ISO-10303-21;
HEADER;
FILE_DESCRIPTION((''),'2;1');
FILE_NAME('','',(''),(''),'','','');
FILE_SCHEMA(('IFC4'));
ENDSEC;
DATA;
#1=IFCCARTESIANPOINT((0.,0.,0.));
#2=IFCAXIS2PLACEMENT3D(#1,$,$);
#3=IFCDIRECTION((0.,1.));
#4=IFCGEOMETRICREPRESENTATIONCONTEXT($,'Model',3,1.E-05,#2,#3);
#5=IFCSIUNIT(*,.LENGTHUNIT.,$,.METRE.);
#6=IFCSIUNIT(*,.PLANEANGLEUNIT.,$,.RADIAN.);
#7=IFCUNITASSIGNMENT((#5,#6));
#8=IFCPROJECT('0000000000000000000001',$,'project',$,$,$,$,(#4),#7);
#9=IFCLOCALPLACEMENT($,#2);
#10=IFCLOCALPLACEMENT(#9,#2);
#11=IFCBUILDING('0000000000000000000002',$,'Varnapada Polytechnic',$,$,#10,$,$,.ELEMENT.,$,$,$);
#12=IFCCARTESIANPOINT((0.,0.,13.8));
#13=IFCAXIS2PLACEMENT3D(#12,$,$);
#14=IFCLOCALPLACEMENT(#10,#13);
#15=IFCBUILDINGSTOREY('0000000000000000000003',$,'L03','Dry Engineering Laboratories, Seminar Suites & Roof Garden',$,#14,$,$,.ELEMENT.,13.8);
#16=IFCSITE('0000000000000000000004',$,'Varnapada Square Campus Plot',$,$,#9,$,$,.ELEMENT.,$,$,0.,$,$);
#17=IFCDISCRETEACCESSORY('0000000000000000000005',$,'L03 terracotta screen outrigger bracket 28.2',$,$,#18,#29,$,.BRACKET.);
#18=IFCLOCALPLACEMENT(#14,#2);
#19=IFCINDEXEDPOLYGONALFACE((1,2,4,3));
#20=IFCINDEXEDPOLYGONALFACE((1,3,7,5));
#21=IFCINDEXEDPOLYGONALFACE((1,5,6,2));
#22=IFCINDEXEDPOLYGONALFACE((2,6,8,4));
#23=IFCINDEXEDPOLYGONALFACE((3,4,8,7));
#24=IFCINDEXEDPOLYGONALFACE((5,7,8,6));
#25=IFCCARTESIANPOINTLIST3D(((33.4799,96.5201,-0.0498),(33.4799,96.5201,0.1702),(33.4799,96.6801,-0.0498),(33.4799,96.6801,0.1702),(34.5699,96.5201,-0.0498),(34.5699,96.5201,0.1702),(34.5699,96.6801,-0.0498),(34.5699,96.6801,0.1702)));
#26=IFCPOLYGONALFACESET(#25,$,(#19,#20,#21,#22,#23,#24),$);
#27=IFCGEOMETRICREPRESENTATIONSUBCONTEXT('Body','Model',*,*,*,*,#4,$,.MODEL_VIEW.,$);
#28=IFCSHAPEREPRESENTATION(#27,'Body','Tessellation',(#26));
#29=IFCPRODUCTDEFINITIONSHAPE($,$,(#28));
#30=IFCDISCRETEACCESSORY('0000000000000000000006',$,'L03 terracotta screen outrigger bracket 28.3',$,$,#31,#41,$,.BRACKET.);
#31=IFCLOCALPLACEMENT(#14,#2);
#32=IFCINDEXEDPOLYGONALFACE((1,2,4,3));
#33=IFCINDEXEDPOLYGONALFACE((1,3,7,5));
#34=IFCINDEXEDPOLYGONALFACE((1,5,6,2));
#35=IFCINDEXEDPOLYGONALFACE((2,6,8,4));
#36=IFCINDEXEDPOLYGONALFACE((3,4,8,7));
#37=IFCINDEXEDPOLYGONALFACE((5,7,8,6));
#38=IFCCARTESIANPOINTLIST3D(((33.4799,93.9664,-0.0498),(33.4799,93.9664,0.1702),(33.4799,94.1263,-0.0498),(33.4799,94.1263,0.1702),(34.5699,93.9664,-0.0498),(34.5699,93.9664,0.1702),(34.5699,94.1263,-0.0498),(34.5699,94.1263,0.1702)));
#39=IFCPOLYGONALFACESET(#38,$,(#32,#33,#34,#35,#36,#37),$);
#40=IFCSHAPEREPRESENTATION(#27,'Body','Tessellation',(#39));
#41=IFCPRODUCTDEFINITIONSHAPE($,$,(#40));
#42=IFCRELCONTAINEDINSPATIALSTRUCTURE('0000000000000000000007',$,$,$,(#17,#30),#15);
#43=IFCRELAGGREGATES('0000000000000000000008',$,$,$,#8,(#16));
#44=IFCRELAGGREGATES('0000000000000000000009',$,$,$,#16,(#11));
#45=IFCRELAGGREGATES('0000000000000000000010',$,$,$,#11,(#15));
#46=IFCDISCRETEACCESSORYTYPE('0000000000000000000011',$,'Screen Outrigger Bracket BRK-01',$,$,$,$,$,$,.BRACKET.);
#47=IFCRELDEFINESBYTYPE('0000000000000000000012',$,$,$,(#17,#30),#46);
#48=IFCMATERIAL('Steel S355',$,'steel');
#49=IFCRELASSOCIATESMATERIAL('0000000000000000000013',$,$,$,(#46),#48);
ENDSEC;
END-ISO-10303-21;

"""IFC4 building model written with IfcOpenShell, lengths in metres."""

from ifc_helpers import new_model, si_unit, direction, frame, origin, origin_2d, place, context, subcontext, project, spatial, rectangle, extrude, material, type_object, element, save


model = new_model("IFC4")

# Units and contexts
model_context = context("Model", 3, precision=1e-05, world=origin(), true_north=direction((0.0, 1.0)))
body_context = subcontext(model_context, "Body", "Model", "MODEL_VIEW")
ifc_project = project(units=[si_unit("LENGTHUNIT", "METRE"), si_unit("PLANEANGLEUNIT", "RADIAN")], contexts=[model_context])

# Site, building, storey
site_placement = place(None, origin())
site = spatial("IfcSite", under=ifc_project, at=site_placement, Name="Varnapada Square Campus Plot", CompositionType="ELEMENT", RefElevation=0.0)
building_placement = place(site_placement, origin())
building = spatial("IfcBuilding", under=site, at=building_placement, Name="Varnapada Polytechnic", CompositionType="ELEMENT")
storey_placement = place(building_placement, frame((0.0, 0.0, 13.8)))
storey = spatial("IfcBuildingStorey", under=building, at=storey_placement, Name="L03", Description="Dry Engineering Laboratories, Seminar Suites & Roof Garden", CompositionType="ELEMENT", Elevation=13.8)

# Discrete accessories
ifc_material_1 = material(Name="Steel S355", Category="steel")
discrete_accessory_type = type_object("IfcDiscreteAccessoryType", Name="Screen Outrigger Bracket BRK-01", PredefinedType="BRACKET", material=ifc_material_1)
for number, where, z_axis, x_axis, name in (
    (1, (34.0249, 96.6001, -0.0498), (0.0, 0.0, 1.0), (0.0, -1.0, 0.0), "L03 terracotta screen outrigger bracket 28.2"),
    (2, (34.0249, 94.0464, -0.0498), (0.0, 0.0, 1.0), (0.0, -1.0, 0.0), "L03 terracotta screen outrigger bracket 28.3"),
):
    element("IfcDiscreteAccessory", number, at=place(storey_placement, frame(where, z_axis=z_axis, x_axis=x_axis)), inside=storey, type_object=discrete_accessory_type, Name=name, PredefinedType="BRACKET", context=body_context, shape_type="SweptSolid", body=[
        extrude(rectangle(XDim=0.1599, YDim=1.0901, at=origin_2d()), origin(), (0.0, 0.0, 1.0), 0.22),
    ])

save(model, "model.ifc")
